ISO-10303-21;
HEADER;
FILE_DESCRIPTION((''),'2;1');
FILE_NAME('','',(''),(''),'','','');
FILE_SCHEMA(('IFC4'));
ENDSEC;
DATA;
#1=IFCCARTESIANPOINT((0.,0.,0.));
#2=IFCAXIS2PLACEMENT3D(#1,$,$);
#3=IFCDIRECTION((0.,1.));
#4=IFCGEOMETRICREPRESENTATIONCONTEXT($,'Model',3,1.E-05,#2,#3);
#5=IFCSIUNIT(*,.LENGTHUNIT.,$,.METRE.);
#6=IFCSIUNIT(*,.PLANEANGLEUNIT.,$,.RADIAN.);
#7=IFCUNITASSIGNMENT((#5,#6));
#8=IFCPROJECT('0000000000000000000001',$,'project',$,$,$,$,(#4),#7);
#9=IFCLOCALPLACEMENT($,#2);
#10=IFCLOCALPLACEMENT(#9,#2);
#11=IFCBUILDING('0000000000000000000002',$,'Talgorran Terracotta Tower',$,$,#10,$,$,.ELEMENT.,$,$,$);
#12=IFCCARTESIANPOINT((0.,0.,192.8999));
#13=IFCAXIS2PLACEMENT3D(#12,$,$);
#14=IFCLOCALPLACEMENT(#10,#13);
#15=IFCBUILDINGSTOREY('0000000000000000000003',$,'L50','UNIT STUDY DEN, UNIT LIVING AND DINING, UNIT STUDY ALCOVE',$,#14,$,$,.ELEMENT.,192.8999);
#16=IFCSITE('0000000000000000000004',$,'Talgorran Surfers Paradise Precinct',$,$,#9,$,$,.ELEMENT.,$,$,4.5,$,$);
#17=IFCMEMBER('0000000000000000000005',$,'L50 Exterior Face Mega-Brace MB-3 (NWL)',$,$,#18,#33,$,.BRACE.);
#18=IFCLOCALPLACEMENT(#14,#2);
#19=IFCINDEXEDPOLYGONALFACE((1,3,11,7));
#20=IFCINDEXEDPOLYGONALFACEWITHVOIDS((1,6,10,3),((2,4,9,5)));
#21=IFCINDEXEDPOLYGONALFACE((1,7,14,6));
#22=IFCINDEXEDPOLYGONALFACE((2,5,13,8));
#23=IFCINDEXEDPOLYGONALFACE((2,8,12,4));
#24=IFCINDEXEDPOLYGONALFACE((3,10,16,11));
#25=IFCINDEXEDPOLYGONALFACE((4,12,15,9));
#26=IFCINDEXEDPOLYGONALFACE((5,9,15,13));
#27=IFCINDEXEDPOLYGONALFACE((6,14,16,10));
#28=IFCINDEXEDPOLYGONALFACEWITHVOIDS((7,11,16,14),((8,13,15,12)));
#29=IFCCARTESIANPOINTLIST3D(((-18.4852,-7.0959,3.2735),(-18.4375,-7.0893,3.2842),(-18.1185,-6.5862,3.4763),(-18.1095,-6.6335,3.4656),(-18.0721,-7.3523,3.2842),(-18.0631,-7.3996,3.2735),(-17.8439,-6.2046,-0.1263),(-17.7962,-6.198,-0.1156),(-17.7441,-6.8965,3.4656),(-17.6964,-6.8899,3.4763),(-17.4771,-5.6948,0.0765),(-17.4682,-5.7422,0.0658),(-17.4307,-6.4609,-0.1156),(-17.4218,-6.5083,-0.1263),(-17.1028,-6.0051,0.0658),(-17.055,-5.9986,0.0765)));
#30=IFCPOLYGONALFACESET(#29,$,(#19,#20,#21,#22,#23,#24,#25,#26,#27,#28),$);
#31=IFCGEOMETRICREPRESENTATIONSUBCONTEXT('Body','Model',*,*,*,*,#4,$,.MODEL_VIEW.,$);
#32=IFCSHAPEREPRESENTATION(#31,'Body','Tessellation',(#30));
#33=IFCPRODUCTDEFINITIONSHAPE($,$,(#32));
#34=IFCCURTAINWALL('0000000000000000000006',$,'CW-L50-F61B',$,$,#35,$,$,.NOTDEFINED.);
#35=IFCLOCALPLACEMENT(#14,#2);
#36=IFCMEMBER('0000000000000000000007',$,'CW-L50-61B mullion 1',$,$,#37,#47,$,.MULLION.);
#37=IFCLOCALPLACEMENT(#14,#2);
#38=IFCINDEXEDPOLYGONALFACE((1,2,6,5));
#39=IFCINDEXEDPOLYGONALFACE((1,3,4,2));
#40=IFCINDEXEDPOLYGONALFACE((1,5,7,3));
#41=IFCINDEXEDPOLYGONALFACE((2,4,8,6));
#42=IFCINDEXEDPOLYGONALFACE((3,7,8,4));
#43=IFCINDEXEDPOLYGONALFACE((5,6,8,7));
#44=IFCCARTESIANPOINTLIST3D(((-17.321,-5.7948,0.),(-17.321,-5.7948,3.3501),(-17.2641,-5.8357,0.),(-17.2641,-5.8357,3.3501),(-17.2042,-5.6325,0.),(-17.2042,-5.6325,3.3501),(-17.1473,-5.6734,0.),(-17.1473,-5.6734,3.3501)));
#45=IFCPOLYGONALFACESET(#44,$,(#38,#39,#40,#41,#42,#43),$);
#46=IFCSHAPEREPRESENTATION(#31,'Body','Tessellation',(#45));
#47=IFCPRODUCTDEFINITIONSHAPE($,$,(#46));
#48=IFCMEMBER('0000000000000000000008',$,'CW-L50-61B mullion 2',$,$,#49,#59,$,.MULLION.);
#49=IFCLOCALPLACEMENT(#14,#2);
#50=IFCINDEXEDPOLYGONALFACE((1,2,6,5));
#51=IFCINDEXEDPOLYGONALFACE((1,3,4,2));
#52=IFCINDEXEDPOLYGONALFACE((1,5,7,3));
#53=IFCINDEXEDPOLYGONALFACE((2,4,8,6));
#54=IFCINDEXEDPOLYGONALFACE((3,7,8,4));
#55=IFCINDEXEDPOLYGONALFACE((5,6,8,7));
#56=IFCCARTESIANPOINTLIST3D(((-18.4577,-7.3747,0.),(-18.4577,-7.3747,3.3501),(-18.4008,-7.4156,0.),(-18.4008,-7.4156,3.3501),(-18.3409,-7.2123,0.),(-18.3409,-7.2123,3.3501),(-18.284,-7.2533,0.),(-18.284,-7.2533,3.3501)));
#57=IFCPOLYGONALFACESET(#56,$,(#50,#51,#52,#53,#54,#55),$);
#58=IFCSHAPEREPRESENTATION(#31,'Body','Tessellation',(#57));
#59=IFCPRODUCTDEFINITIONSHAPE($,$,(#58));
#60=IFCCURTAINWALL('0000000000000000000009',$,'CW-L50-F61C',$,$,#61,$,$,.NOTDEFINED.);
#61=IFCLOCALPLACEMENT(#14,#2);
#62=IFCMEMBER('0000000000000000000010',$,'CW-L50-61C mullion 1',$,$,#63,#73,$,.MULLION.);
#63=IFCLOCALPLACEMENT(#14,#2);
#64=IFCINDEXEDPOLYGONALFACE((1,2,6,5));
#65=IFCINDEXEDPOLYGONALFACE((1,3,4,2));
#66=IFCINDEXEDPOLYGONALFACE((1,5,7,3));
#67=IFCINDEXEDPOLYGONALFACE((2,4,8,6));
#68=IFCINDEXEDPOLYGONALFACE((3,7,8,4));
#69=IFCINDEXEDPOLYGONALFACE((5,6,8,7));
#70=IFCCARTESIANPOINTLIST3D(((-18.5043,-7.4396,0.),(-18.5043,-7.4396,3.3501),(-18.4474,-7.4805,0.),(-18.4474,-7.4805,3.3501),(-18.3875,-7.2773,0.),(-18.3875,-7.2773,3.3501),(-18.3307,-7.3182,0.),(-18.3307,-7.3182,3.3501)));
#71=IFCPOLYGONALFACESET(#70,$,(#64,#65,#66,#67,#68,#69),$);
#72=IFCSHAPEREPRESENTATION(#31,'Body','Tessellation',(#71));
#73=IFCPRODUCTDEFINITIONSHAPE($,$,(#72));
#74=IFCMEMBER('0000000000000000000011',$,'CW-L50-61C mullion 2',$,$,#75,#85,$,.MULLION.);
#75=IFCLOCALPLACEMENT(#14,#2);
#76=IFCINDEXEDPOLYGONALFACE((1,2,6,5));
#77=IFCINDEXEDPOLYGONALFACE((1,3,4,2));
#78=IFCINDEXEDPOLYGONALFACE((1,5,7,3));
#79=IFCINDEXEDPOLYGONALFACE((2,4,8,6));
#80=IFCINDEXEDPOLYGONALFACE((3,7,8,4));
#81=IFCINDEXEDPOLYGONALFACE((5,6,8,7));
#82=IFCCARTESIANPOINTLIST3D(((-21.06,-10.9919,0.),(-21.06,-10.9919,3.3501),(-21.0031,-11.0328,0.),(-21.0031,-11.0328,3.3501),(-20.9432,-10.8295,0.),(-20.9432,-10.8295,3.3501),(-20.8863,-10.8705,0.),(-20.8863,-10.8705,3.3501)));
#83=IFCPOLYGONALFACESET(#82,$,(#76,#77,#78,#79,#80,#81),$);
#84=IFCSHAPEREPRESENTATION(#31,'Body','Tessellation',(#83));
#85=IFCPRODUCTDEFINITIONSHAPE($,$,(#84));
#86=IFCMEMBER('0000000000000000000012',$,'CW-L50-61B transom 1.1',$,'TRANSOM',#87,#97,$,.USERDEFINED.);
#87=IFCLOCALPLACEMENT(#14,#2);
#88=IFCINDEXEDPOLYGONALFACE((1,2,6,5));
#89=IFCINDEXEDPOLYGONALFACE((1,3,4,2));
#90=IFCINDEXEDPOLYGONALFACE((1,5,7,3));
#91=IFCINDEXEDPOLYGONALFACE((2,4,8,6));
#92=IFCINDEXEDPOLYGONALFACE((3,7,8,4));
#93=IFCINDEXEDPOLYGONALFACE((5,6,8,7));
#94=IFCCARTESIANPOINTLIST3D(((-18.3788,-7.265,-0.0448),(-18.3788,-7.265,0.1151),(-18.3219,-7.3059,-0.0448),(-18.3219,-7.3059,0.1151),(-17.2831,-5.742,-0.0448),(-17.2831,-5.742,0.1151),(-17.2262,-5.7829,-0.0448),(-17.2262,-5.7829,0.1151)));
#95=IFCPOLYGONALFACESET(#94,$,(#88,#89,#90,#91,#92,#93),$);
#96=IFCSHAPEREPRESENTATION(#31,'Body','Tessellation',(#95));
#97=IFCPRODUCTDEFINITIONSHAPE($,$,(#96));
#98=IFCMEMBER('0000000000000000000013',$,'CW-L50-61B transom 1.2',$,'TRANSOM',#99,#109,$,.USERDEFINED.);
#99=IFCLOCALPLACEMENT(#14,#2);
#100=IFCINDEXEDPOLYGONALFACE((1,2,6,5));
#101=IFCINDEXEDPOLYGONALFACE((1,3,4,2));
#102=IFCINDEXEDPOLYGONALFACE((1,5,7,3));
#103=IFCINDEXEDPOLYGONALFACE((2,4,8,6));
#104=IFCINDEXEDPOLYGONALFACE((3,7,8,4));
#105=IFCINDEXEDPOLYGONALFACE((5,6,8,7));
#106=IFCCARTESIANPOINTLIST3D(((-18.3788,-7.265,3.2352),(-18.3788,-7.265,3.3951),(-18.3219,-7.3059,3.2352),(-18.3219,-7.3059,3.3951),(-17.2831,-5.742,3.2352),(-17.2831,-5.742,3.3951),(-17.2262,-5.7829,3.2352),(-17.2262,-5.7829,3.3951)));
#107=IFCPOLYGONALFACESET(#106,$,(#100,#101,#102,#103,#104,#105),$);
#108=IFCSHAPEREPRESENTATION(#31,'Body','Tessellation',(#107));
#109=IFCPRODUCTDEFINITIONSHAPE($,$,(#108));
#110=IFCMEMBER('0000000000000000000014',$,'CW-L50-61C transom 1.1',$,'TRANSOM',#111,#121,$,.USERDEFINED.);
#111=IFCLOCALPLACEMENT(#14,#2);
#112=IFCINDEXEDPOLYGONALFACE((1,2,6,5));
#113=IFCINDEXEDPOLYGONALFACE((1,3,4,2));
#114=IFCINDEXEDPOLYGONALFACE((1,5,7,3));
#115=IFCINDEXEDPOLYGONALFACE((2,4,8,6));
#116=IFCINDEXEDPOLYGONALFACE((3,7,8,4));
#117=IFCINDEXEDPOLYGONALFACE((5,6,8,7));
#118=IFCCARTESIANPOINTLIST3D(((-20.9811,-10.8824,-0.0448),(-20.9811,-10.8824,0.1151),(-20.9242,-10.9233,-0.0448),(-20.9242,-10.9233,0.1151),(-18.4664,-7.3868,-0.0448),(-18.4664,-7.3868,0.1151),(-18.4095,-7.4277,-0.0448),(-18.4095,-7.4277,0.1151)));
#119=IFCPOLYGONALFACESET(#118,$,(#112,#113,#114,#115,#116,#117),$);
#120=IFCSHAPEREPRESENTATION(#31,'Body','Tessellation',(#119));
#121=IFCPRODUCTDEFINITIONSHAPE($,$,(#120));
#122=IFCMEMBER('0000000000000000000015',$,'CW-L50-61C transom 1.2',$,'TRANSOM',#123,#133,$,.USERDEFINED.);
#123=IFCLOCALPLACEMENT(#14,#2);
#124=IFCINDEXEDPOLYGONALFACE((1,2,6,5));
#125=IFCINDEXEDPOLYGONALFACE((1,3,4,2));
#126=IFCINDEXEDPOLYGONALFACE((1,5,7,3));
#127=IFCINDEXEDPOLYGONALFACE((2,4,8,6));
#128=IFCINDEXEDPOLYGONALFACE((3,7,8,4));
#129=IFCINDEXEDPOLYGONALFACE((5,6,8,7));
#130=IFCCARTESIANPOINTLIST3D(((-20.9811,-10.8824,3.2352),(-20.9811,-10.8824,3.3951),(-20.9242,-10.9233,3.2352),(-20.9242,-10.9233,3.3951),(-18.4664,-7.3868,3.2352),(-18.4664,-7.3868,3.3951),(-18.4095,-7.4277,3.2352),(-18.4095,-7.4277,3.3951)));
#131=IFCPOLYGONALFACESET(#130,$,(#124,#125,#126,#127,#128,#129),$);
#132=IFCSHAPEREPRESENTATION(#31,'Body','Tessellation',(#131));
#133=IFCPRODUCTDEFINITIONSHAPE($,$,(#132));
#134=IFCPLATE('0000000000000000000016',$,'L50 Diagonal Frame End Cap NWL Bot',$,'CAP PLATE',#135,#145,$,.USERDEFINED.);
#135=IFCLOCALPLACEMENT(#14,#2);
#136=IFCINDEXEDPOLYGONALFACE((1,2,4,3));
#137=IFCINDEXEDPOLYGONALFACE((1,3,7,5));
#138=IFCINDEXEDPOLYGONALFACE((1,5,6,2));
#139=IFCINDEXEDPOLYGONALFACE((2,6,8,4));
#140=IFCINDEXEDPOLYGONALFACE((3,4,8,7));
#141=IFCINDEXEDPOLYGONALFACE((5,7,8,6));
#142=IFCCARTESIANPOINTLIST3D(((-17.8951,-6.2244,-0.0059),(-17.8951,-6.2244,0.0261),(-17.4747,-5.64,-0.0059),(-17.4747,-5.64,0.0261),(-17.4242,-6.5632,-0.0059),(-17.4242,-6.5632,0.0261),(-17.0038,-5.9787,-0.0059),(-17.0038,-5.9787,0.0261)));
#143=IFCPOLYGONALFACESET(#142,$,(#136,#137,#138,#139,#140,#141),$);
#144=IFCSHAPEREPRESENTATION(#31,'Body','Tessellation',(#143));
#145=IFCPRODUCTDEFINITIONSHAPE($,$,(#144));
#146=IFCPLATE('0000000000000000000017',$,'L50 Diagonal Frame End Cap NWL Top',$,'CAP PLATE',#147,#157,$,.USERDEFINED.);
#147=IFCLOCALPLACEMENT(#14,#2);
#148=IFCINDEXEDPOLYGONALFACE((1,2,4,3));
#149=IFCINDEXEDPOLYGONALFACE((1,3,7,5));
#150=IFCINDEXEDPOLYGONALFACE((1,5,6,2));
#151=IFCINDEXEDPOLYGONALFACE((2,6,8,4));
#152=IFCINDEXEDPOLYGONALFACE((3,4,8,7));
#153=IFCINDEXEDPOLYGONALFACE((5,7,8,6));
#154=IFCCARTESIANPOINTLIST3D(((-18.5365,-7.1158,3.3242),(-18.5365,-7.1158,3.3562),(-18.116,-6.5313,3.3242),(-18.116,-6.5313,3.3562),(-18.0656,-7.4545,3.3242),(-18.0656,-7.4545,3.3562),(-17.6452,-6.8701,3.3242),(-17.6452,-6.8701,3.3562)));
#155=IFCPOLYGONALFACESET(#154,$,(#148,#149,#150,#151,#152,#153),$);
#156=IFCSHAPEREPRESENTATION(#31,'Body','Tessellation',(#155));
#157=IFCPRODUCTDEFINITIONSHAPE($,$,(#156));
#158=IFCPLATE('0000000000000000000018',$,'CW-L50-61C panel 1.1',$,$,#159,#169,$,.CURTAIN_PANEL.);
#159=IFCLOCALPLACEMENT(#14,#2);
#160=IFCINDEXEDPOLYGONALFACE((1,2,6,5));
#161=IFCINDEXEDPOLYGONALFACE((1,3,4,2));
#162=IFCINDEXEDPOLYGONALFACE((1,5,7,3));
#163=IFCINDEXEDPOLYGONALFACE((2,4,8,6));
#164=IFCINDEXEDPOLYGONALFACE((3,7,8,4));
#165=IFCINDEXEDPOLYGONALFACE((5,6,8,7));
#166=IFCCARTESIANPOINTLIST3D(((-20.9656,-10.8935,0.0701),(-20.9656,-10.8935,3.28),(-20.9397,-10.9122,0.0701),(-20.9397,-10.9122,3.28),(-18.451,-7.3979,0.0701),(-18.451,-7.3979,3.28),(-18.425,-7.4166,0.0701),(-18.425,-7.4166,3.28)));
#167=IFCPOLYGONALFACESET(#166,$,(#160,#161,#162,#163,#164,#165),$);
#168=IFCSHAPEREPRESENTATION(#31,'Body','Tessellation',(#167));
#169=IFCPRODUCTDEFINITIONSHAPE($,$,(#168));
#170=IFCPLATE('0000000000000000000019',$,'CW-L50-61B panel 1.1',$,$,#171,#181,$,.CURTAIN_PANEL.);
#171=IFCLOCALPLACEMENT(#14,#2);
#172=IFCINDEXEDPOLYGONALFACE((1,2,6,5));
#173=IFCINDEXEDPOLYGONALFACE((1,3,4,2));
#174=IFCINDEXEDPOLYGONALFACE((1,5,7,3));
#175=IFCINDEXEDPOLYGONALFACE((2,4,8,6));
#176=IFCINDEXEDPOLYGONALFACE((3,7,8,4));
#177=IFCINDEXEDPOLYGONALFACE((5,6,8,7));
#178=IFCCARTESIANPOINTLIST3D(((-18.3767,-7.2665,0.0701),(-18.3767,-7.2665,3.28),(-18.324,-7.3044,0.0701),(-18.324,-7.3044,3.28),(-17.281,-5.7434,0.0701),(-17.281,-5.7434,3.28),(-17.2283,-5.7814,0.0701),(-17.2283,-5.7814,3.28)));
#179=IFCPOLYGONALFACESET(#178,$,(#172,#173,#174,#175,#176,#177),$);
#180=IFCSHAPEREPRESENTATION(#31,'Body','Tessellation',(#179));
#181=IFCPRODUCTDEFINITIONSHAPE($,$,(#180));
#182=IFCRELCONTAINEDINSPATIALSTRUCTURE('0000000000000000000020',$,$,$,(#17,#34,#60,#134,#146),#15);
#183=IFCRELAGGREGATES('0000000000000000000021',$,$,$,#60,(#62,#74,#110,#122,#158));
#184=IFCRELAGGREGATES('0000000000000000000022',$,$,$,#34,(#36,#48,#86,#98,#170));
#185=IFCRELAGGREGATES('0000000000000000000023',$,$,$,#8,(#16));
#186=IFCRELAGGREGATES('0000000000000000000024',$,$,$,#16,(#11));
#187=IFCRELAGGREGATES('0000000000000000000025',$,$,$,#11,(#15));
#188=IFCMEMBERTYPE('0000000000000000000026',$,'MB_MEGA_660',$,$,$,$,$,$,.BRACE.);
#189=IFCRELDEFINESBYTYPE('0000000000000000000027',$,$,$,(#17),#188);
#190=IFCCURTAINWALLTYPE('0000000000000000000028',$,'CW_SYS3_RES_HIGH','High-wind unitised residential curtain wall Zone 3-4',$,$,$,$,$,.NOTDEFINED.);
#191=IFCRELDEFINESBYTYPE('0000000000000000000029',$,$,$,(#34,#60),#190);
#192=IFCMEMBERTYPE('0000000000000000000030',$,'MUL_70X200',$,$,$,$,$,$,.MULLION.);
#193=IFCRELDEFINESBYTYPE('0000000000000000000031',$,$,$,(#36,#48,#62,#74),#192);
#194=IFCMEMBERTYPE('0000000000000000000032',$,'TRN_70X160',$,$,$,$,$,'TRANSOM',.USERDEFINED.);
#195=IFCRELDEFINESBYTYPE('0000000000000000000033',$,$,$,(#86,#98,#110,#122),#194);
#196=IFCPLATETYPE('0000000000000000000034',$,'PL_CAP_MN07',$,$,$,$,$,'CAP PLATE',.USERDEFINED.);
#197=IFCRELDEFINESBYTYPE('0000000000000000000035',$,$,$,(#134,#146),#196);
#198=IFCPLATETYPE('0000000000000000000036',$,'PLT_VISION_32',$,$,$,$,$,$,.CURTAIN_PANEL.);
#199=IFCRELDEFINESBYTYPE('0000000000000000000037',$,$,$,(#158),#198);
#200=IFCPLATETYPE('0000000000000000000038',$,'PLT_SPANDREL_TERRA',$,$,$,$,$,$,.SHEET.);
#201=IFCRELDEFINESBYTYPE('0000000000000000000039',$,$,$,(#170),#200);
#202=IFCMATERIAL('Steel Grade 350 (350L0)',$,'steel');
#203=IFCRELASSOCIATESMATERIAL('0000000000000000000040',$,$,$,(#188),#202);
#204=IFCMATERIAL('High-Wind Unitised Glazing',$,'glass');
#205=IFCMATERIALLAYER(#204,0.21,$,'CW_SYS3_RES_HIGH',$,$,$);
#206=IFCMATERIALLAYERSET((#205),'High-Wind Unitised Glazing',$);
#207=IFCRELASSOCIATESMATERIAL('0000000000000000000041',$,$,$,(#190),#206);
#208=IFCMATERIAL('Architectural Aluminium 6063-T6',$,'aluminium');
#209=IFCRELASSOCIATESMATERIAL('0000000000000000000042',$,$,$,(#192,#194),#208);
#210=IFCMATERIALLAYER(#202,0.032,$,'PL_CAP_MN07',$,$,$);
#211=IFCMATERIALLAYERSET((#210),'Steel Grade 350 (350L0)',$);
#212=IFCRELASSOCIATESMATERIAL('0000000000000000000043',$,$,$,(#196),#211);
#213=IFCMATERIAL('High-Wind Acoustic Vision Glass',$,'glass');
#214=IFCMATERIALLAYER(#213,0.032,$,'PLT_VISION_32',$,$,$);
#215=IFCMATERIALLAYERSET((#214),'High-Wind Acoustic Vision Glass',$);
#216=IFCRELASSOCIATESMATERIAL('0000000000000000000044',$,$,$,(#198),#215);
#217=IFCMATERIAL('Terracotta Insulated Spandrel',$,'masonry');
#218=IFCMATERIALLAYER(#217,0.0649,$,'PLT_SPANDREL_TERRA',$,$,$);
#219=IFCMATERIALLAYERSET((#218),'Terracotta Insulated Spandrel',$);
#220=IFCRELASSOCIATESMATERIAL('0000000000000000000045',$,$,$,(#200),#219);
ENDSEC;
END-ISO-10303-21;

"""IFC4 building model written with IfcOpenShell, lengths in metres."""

from ifc_helpers import new_model, si_unit, direction, frame, origin, origin_2d, place, context, subcontext, project, spatial, rectangle, hollow_rectangle, extrude, source, transform, mapped, material, layer, layer_set, material_profile, profile_set, type_object, type_shapes, element, aggregate, save


model = new_model("IFC4")

# Units and contexts
model_context = context("Model", 3, precision=1e-05, world=origin(), true_north=direction((0.0, 1.0)))
body_context = subcontext(model_context, "Body", "Model", "MODEL_VIEW")
ifc_project = project(units=[si_unit("LENGTHUNIT", "METRE"), si_unit("PLANEANGLEUNIT", "RADIAN")], contexts=[model_context])

# Site, building, storey
site_placement = place(None, origin())
site = spatial("IfcSite", under=ifc_project, at=site_placement, Name="Talgorran Surfers Paradise Precinct", CompositionType="ELEMENT", RefElevation=4.5)
building_placement = place(site_placement, origin())
building = spatial("IfcBuilding", under=site, at=building_placement, Name="Talgorran Terracotta Tower", CompositionType="ELEMENT")
storey_placement = place(building_placement, frame((0.0, 0.0, 192.8999)))
storey = spatial("IfcBuildingStorey", under=building, at=storey_placement, Name="L50", Description="UNIT STUDY DEN, UNIT LIVING AND DINING, UNIT STUDY ALCOVE", CompositionType="ELEMENT", Elevation=192.8999)

# Member
ifc_material_1 = material(Name="Steel Grade 350 (350L0)", Category="steel")
ifc_material_profile_1 = material_profile(ifc_material_1, hollow_rectangle(XDim=0.52, YDim=0.6599, WallThickness=0.0349, at=origin_2d()), Name="WBOX660X520X35")
ifc_profile_set_1 = profile_set([ifc_material_profile_1], Name="Steel Grade 350 (350L0)")
member_type_1 = type_object("IfcMemberType", Name="MB_MEGA_660", PredefinedType="BRACE", material=ifc_profile_set_1)
member_1_placement = place(storey_placement, frame((-17.4495, -6.1016, -0.0249), z_axis=(-0.179509, -0.249481, 0.951596), x_axis=(0.811716, -0.584053, 0.0)))
element("IfcMember", 1, at=member_1_placement, inside=storey, type_object=member_type_1, Name="L50 Exterior Face Mega-Brace MB-3 (NWL)", PredefinedType="BRACE", context=body_context, shape_type="SweptSolid", body=[
    extrude(hollow_rectangle(XDim=0.52, YDim=0.6599, WallThickness=0.0349, at=origin_2d()), origin(), (0.0, 0.0, 1.0), 3.5728),
])

# Curtain walls, members
ifc_material_2 = material(Name="High-Wind Unitised Glazing", Category="glass")
ifc_layer_1 = layer(ifc_material_2, 0.21, Name="CW_SYS3_RES_HIGH")
ifc_layer_set_1 = layer_set([ifc_layer_1], Name="High-Wind Unitised Glazing")
curtain_wall_type = type_object("IfcCurtainWallType", Name="CW_SYS3_RES_HIGH", Description="High-wind unitised residential curtain wall Zone 3-4", PredefinedType="NOTDEFINED", material=ifc_layer_set_1)
curtain_wall_1_placement = place(storey_placement, origin())
curtain_wall_1 = element("IfcCurtainWall", 2, at=curtain_wall_1_placement, inside=storey, type_object=curtain_wall_type, Name="CW-L50-F61B", PredefinedType="NOTDEFINED")
ifc_material_3 = material(Name="Architectural Aluminium 6063-T6", Category="aluminium")
ifc_material_profile_2 = material_profile(ifc_material_3, rectangle(XDim=0.0701, YDim=0.2, at=origin_2d()), Name="CWM70X200")
ifc_profile_set_2 = profile_set([ifc_material_profile_2], Name="Architectural Aluminium 6063-T6")
member_type_2 = type_object("IfcMemberType", Name="MUL_70X200", PredefinedType="MULLION", material=ifc_profile_set_2)
member_2_placement = place(storey_placement, frame((-17.2341, -5.7341, 0.0), z_axis=(0.0, 0.0, 1.0), x_axis=(0.811775, -0.58397, 0.0)))
member_2 = element("IfcMember", 3, at=member_2_placement, type_object=member_type_2, Name="CW-L50-61B mullion 1", PredefinedType="MULLION", context=body_context, shape_type="SweptSolid", body=[
    extrude(rectangle(XDim=0.0701, YDim=0.2, at=origin_2d()), origin(), (0.0, 0.0, 1.0), 3.3501),
])
member_3_placement = place(storey_placement, frame((-18.3708, -7.314, 0.0), z_axis=(0.0, 0.0, 1.0), x_axis=(0.811775, -0.58397, 0.0)))
member_3 = element("IfcMember", 4, at=member_3_placement, type_object=member_type_2, Name="CW-L50-61B mullion 2", PredefinedType="MULLION", context=body_context, shape_type="SweptSolid", body=[
    extrude(rectangle(XDim=0.0701, YDim=0.2, at=origin_2d()), origin(), (0.0, 0.0, 1.0), 3.3501),
])
curtain_wall_2_placement = place(storey_placement, origin())
curtain_wall_2 = element("IfcCurtainWall", 5, at=curtain_wall_2_placement, inside=storey, type_object=curtain_wall_type, Name="CW-L50-F61C", PredefinedType="NOTDEFINED")
member_4_placement = place(storey_placement, frame((-18.4175, -7.3789, 0.0), z_axis=(0.0, 0.0, 1.0), x_axis=(0.811771, -0.583975, 0.0)))
member_4 = element("IfcMember", 6, at=member_4_placement, type_object=member_type_2, Name="CW-L50-61C mullion 1", PredefinedType="MULLION", context=body_context, shape_type="SweptSolid", body=[
    extrude(rectangle(XDim=0.0701, YDim=0.2, at=origin_2d()), origin(), (0.0, 0.0, 1.0), 3.3501),
])
member_5_placement = place(storey_placement, frame((-20.9731, -10.9312, 0.0), z_axis=(0.0, 0.0, 1.0), x_axis=(0.811771, -0.583975, 0.0)))
member_5 = element("IfcMember", 7, at=member_5_placement, type_object=member_type_2, Name="CW-L50-61C mullion 2", PredefinedType="MULLION", context=body_context, shape_type="SweptSolid", body=[
    extrude(rectangle(XDim=0.0701, YDim=0.2, at=origin_2d()), origin(), (0.0, 0.0, 1.0), 3.3501),
])

# Members
ifc_material_profile_3 = material_profile(ifc_material_3, rectangle(XDim=0.0701, YDim=0.1599, at=origin_2d()), Name="CWT70X160")
ifc_profile_set_3 = profile_set([ifc_material_profile_3], Name="Architectural Aluminium 6063-T6")
member_type_3 = type_object("IfcMemberType", Name="TRN_70X160", ElementType="TRANSOM", PredefinedType="USERDEFINED", material=ifc_profile_set_3)
member_6_placement = place(storey_placement, frame((-17.2546, -5.7625, 0.0352), z_axis=(-0.584017, -0.811742, 0.0), x_axis=(0.811742, -0.584017, 0.0)))
member_6 = element("IfcMember", 8, at=member_6_placement, type_object=member_type_3, Name="CW-L50-61B transom 1.1", ObjectType="TRANSOM", PredefinedType="USERDEFINED", context=body_context, shape_type="SweptSolid", body=[
    extrude(rectangle(XDim=0.0701, YDim=0.1599, at=origin_2d()), origin(), (0.0, 0.0, 1.0), 1.8762),
])
member_7_placement = place(storey_placement, frame((-17.2546, -5.7625, 3.3152), z_axis=(-0.584017, -0.811742, 0.0), x_axis=(0.811742, -0.584017, 0.0)))
member_7 = element("IfcMember", 9, at=member_7_placement, type_object=member_type_3, Name="CW-L50-61B transom 1.2", ObjectType="TRANSOM", PredefinedType="USERDEFINED", context=body_context, shape_type="SweptSolid", body=[
    extrude(rectangle(XDim=0.0701, YDim=0.1599, at=origin_2d()), origin(), (0.0, 0.0, 1.0), 1.8762),
])
member_8_placement = place(storey_placement, frame((-18.438, -7.4072, 0.0352), z_axis=(-0.58397, -0.811775, 0.0), x_axis=(0.811775, -0.58397, 0.0)))
member_8 = element("IfcMember", 10, at=member_8_placement, type_object=member_type_3, Name="CW-L50-61C transom 1.1", ObjectType="TRANSOM", PredefinedType="USERDEFINED", context=body_context, shape_type="SweptSolid", body=[
    extrude(rectangle(XDim=0.0701, YDim=0.1599, at=origin_2d()), origin(), (0.0, 0.0, 1.0), 4.3062),
])
member_9_placement = place(storey_placement, frame((-18.438, -7.4072, 3.3152), z_axis=(-0.58397, -0.811775, 0.0), x_axis=(0.811775, -0.58397, 0.0)))
member_9 = element("IfcMember", 11, at=member_9_placement, type_object=member_type_3, Name="CW-L50-61C transom 1.2", ObjectType="TRANSOM", PredefinedType="USERDEFINED", context=body_context, shape_type="SweptSolid", body=[
    extrude(rectangle(XDim=0.0701, YDim=0.1599, at=origin_2d()), origin(), (0.0, 0.0, 1.0), 4.3062),
])

# Plates
ifc_layer_2 = layer(ifc_material_1, 0.032, Name="PL_CAP_MN07")
ifc_layer_set_2 = layer_set([ifc_layer_2], Name="Steel Grade 350 (350L0)")
plate_type_1 = type_object("IfcPlateType", Name="PL_CAP_MN07", ElementType="CAP PLATE", PredefinedType="USERDEFINED", material=ifc_layer_set_2)
for number, where, z_axis, x_axis, name in (
    (12, (-17.4495, -6.1016, -0.0059), (0.0, 0.0, 1.0), (-0.583966, -0.811778, 0.0), "L50 Diagonal Frame End Cap NWL Bot"),
    (13, (-18.0908, -6.9929, 3.3242), (0.0, 0.0, 1.0), (-0.583966, -0.811778, 0.0), "L50 Diagonal Frame End Cap NWL Top"),
):
    element("IfcPlate", number, at=place(storey_placement, frame(where, z_axis=z_axis, x_axis=x_axis)), inside=storey, type_object=plate_type_1, Name=name, ObjectType="CAP PLATE", PredefinedType="USERDEFINED", context=body_context, shape_type="SweptSolid", body=[
        extrude(rectangle(XDim=0.72, YDim=0.5801, at=origin_2d()), origin(), (0.0, 0.0, 1.0), 0.032),
    ])

# Plates
ifc_material_4 = material(Name="High-Wind Acoustic Vision Glass", Category="glass")
ifc_layer_3 = layer(ifc_material_4, 0.032, Name="PLT_VISION_32")
ifc_layer_set_3 = layer_set([ifc_layer_3], Name="High-Wind Acoustic Vision Glass")
plate_type_2 = type_object("IfcPlateType", Name="PLT_VISION_32", PredefinedType="CURTAIN_PANEL", material=ifc_layer_set_3)
shared_shape_1 = source(origin(), body_context, "Body", "SweptSolid", [
    extrude(rectangle(XDim=4.3062, YDim=0.032, at=origin_2d()), origin(), (0.0, 0.0, 1.0), 3.21),
])
type_shapes(plate_type_2, [shared_shape_1])
plate_1_placement = place(storey_placement, frame((-19.6953, -9.155, 0.0701), z_axis=(0.0, 0.0, 1.0), x_axis=(-0.583975, -0.811771, 0.0)))
plate_1 = element("IfcPlate", 14, at=plate_1_placement, type_object=plate_type_2, Name="CW-L50-61C panel 1.1", PredefinedType="CURTAIN_PANEL", context=body_context, shape_type="MappedRepresentation", body=[
    mapped(shared_shape_1, transform((0.0, 0.0, 0.0), scale=1.0)),
])
aggregate(curtain_wall_2, [member_4, member_5, member_8, member_9, plate_1])
ifc_material_5 = material(Name="Terracotta Insulated Spandrel", Category="masonry")
ifc_layer_4 = layer(ifc_material_5, 0.0649, Name="PLT_SPANDREL_TERRA")
ifc_layer_set_4 = layer_set([ifc_layer_4], Name="Terracotta Insulated Spandrel")
plate_type_3 = type_object("IfcPlateType", Name="PLT_SPANDREL_TERRA", PredefinedType="SHEET", material=ifc_layer_set_4)
shared_shape_2 = source(origin(), body_context, "Body", "SweptSolid", [
    extrude(rectangle(XDim=1.8762, YDim=0.0649, at=origin_2d()), origin(), (0.0, 0.0, 1.0), 3.21),
])
type_shapes(plate_type_3, [shared_shape_2])
plate_2_placement = place(storey_placement, frame((-17.8025, -6.5239, 0.0701), z_axis=(0.0, 0.0, 1.0), x_axis=(-0.58397, -0.811775, 0.0)))
plate_2 = element("IfcPlate", 15, at=plate_2_placement, type_object=plate_type_3, Name="CW-L50-61B panel 1.1", PredefinedType="CURTAIN_PANEL", context=body_context, shape_type="MappedRepresentation", body=[
    mapped(shared_shape_2, transform((0.0, 0.0, 0.0), scale=1.0)),
])
aggregate(curtain_wall_1, [member_2, member_3, member_6, member_7, plate_2])

save(model, "model.ifc")
